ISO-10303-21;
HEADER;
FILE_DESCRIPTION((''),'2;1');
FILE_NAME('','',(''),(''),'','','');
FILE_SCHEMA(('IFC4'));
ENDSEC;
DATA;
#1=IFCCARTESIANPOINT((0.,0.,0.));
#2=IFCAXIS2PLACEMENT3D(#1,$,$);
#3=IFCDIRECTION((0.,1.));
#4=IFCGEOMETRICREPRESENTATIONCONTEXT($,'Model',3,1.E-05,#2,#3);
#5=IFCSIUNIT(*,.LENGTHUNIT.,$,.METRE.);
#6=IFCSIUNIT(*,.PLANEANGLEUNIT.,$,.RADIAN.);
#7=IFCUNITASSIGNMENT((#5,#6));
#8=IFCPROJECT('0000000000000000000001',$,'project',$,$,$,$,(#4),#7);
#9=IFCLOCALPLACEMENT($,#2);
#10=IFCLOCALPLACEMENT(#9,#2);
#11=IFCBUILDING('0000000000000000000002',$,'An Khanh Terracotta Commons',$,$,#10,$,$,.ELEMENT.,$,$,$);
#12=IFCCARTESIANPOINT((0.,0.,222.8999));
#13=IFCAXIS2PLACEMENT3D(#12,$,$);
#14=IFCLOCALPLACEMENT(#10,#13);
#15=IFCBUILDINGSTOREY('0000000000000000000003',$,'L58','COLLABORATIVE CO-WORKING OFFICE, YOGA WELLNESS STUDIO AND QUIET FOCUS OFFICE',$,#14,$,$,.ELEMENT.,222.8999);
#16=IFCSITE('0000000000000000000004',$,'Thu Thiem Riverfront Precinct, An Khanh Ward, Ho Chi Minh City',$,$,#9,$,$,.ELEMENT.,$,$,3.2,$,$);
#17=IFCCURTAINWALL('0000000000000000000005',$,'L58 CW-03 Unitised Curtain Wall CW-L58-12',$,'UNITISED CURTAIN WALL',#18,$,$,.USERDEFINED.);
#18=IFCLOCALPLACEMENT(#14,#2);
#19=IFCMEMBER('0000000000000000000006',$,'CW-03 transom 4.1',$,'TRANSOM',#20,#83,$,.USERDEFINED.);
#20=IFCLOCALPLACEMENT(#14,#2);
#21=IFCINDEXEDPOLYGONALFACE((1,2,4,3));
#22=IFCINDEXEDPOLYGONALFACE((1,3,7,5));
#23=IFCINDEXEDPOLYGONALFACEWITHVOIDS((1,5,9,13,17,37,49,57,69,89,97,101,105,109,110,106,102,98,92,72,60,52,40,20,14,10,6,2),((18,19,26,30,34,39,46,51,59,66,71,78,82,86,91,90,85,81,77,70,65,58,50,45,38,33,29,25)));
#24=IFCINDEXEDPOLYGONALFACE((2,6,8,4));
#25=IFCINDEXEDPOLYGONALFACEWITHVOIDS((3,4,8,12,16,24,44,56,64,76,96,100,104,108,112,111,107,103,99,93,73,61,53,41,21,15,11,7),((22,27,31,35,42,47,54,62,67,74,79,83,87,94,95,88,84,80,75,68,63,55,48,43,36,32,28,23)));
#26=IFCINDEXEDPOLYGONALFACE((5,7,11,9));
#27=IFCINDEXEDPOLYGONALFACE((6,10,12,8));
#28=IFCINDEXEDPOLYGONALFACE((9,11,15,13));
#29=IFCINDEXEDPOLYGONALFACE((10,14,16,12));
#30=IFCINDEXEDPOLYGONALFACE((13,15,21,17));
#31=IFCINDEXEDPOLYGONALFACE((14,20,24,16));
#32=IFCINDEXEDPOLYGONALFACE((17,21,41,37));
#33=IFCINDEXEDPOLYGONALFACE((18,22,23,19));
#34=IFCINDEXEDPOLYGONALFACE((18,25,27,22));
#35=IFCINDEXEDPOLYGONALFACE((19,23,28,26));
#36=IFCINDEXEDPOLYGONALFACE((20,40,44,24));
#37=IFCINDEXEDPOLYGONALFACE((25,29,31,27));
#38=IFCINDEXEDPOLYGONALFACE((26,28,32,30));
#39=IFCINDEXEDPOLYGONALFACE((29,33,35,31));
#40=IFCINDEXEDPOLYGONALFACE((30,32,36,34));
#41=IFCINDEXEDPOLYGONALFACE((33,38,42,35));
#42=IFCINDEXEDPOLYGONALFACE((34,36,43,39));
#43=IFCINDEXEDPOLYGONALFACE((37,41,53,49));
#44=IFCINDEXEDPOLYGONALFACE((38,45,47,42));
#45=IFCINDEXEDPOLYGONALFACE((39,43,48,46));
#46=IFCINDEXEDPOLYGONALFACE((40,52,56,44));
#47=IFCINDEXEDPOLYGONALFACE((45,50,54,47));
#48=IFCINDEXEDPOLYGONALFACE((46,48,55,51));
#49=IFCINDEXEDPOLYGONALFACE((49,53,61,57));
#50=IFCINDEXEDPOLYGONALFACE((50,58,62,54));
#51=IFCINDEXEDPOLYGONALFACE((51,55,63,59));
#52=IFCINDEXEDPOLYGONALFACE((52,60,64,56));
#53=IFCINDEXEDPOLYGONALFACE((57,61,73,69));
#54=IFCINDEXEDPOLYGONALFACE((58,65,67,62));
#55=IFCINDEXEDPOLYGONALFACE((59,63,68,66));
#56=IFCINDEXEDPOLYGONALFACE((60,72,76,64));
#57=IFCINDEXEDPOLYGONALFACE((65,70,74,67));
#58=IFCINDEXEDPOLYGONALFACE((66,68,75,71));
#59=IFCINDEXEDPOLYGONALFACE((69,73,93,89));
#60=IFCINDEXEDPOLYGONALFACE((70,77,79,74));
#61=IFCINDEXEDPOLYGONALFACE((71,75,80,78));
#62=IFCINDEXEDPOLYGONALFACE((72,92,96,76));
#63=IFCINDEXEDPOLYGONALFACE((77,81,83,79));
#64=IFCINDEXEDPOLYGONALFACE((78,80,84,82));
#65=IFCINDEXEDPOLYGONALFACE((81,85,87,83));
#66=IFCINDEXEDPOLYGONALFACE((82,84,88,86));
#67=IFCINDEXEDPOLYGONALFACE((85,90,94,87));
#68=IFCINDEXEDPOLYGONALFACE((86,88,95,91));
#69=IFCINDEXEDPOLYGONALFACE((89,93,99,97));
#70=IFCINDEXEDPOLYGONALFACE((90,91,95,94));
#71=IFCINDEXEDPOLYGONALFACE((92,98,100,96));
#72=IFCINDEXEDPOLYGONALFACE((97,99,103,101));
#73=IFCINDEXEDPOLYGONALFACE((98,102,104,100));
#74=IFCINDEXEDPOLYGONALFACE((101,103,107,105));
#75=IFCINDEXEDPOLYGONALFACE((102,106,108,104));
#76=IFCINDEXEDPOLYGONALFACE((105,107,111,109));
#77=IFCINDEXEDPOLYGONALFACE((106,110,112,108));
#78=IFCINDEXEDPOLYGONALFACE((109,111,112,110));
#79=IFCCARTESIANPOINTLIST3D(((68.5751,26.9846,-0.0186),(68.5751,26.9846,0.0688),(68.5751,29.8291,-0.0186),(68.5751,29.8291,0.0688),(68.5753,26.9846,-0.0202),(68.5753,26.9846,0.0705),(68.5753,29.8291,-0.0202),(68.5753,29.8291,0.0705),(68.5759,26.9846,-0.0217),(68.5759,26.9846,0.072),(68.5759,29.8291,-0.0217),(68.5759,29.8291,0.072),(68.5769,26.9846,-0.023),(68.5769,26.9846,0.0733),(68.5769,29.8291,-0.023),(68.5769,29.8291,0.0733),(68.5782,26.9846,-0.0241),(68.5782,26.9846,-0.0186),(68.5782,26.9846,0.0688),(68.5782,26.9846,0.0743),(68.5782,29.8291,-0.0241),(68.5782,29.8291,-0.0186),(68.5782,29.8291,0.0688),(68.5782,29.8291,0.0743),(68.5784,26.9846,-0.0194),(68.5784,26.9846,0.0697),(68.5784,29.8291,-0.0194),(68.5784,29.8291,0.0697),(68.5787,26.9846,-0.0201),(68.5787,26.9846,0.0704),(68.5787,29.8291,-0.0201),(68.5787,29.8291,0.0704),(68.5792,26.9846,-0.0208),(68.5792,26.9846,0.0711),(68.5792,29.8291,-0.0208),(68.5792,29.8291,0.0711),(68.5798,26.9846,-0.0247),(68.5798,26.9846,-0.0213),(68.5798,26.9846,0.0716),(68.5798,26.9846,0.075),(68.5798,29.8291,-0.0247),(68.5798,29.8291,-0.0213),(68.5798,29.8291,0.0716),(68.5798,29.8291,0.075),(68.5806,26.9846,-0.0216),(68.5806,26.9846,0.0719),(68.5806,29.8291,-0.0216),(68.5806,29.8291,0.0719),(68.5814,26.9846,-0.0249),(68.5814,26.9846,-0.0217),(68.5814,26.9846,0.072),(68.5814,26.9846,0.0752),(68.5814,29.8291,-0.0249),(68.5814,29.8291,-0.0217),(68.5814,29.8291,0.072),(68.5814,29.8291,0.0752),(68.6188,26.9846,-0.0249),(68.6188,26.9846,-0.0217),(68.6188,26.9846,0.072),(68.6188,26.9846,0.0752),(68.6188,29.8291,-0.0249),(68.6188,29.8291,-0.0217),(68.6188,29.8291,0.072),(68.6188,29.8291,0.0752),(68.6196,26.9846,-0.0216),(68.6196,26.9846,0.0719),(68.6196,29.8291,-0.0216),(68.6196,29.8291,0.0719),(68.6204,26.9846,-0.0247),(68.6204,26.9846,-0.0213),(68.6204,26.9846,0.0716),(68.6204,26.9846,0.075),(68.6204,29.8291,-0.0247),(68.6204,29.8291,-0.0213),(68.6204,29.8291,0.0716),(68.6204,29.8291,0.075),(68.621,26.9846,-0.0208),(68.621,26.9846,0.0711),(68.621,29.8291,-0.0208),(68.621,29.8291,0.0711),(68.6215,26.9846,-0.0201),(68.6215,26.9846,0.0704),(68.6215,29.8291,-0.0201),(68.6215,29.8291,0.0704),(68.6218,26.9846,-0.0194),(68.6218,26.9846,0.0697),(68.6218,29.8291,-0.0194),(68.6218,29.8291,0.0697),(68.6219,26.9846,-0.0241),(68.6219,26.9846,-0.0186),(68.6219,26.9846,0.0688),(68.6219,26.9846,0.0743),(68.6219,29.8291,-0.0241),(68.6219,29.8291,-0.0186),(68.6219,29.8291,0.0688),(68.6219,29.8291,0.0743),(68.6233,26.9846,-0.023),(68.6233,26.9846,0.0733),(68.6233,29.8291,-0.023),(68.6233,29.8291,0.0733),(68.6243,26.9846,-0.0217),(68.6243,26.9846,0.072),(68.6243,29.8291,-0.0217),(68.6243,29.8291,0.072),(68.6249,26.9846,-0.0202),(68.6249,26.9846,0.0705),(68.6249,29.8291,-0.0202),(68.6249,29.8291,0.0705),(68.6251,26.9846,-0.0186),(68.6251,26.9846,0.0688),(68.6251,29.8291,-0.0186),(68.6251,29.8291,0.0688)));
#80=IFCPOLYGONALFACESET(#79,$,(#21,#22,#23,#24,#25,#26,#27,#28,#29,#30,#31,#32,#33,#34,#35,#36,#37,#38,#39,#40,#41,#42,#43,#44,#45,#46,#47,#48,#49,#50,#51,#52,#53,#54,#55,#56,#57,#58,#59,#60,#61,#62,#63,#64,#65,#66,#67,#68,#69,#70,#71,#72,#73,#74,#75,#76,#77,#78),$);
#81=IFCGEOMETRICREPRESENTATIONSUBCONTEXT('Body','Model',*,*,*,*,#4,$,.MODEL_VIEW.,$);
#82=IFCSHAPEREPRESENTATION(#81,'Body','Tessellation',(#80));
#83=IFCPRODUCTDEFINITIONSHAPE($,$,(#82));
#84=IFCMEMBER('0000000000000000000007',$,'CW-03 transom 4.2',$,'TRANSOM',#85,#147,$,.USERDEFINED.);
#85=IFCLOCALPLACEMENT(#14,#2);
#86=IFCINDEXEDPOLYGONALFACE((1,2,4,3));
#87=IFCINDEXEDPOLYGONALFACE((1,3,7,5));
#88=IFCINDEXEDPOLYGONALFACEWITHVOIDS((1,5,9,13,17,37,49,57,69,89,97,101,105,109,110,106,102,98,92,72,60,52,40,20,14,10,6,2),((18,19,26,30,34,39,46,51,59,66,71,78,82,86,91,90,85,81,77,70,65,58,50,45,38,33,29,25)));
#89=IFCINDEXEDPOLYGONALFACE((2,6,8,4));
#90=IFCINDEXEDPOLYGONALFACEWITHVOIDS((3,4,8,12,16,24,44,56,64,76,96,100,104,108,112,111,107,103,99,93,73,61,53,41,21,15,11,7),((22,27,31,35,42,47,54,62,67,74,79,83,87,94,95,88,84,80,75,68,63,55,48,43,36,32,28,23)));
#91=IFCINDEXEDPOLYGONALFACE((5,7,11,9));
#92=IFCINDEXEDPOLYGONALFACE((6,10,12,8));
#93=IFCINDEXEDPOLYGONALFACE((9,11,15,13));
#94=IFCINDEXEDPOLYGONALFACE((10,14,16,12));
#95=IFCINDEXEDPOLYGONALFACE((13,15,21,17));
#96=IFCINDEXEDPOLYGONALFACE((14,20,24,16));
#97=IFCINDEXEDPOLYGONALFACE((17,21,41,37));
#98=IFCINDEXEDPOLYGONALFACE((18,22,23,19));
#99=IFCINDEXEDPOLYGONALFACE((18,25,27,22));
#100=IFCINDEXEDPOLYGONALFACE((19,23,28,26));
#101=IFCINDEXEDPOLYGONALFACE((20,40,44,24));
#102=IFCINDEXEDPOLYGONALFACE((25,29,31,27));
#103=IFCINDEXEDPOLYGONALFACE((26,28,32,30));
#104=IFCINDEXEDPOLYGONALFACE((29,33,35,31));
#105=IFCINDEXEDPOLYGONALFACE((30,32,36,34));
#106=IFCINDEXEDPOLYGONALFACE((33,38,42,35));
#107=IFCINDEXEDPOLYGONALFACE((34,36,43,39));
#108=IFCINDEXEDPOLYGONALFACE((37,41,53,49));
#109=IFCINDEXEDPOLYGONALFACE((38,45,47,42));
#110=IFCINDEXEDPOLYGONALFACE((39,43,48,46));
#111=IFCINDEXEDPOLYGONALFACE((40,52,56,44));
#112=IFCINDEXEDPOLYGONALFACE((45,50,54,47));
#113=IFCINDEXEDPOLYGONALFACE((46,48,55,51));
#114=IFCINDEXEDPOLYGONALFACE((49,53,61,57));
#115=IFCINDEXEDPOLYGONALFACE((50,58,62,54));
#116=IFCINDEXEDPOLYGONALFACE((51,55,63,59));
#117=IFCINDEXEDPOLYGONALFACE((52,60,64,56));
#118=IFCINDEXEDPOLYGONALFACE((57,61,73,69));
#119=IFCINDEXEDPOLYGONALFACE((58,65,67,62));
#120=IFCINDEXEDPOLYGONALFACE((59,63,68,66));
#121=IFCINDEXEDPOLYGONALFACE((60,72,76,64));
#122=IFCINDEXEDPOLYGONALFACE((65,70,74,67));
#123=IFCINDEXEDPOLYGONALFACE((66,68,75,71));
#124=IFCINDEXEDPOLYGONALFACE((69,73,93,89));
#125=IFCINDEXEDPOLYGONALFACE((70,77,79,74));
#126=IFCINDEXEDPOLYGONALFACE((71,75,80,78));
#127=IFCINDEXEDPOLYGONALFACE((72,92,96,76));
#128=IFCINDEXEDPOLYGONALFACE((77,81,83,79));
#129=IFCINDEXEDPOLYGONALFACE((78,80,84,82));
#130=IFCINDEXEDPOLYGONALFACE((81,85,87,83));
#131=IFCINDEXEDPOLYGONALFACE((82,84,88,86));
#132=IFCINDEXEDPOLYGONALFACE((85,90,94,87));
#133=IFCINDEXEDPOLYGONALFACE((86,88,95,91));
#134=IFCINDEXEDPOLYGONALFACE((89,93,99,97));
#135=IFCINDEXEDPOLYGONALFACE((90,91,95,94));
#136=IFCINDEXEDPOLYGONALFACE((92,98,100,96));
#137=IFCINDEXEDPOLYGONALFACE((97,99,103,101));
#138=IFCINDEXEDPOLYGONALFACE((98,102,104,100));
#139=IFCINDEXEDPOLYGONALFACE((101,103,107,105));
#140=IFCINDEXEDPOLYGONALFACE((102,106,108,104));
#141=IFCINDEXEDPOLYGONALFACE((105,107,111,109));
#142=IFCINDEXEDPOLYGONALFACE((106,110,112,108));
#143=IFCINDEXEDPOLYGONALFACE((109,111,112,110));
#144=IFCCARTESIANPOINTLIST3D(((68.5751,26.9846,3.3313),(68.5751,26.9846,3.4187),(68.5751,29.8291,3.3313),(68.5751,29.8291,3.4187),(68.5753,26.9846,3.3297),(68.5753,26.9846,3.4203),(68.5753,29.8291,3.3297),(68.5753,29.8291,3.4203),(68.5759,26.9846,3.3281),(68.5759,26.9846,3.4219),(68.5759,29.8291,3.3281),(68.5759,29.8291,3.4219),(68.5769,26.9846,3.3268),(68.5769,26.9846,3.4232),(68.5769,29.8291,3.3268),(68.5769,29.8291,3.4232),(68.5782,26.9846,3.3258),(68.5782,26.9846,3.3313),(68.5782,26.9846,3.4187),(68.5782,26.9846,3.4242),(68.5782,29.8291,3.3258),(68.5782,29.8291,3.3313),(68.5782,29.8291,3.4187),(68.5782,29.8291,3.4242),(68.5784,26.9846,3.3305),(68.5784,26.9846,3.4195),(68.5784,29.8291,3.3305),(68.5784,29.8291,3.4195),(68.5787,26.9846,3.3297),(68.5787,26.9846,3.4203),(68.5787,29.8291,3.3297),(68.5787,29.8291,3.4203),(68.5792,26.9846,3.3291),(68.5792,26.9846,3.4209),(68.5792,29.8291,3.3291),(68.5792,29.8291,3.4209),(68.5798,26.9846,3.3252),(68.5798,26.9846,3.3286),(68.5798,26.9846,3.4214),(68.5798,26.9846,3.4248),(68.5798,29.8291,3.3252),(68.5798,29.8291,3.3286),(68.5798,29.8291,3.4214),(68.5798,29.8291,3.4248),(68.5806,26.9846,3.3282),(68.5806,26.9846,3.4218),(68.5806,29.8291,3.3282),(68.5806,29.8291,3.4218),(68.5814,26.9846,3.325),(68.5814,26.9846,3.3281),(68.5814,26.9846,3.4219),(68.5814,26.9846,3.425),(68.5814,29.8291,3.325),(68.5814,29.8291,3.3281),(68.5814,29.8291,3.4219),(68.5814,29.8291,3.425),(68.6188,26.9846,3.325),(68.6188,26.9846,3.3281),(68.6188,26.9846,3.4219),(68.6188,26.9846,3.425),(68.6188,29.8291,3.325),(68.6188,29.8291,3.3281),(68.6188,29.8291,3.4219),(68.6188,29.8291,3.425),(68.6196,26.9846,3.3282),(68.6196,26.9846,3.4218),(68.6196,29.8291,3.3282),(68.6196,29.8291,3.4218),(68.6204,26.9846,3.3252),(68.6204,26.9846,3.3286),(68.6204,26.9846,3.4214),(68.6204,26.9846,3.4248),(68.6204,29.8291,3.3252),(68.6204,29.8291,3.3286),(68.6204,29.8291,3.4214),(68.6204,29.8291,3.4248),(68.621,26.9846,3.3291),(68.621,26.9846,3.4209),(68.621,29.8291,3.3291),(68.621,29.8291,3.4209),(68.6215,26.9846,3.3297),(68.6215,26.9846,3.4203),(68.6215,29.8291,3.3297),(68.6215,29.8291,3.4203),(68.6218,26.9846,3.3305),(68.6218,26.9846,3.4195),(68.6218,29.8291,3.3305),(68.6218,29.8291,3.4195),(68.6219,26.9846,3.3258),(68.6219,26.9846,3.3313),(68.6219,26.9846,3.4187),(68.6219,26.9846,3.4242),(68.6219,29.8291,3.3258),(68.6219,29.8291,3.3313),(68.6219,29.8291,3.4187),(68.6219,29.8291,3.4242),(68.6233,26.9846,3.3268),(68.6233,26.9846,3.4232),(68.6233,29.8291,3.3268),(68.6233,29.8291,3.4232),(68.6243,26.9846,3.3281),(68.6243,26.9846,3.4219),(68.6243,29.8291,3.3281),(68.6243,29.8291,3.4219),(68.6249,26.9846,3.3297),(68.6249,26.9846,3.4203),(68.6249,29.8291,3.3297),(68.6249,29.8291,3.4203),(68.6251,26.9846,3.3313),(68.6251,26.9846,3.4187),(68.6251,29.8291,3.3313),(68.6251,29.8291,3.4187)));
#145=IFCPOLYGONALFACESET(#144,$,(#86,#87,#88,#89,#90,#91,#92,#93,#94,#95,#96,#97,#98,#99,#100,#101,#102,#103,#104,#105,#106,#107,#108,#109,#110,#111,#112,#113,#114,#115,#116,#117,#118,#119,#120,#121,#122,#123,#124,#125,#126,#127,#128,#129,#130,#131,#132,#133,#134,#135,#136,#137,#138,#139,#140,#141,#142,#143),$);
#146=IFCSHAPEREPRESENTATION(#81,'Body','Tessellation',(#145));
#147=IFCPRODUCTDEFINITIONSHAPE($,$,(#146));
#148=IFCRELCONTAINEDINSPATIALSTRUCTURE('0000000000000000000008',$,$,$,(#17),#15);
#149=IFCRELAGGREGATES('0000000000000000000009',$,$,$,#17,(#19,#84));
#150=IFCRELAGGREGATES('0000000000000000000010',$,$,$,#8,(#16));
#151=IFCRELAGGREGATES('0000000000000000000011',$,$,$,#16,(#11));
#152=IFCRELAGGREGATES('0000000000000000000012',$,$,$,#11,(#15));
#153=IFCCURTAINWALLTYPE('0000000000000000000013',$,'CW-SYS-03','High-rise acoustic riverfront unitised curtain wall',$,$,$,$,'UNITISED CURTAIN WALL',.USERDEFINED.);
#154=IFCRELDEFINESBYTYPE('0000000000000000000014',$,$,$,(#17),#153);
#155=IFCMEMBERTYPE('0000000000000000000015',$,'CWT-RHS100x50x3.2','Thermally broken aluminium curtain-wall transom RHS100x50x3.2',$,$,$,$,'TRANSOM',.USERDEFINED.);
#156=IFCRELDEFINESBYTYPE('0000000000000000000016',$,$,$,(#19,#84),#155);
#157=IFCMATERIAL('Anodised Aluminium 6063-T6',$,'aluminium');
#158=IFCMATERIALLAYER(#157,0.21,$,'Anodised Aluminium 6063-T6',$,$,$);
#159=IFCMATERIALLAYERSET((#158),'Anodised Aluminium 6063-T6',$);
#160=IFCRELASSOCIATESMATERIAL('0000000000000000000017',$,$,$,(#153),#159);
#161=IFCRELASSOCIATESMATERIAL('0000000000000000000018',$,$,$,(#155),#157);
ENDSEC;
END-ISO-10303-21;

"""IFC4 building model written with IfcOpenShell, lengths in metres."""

from ifc_helpers import new_model, si_unit, direction, frame, origin, origin_2d, place, context, subcontext, project, spatial, hollow_rectangle, extrude, material, layer, layer_set, material_profile, profile_set, type_object, element, aggregate, save


model = new_model("IFC4")

# Units and contexts
model_context = context("Model", 3, precision=1e-05, world=origin(), true_north=direction((0.0, 1.0)))
body_context = subcontext(model_context, "Body", "Model", "MODEL_VIEW")
ifc_project = project(units=[si_unit("LENGTHUNIT", "METRE"), si_unit("PLANEANGLEUNIT", "RADIAN")], contexts=[model_context])

# Site, building, storey
site_placement = place(None, origin())
site = spatial("IfcSite", under=ifc_project, at=site_placement, Name="Thu Thiem Riverfront Precinct, An Khanh Ward, Ho Chi Minh City", CompositionType="ELEMENT", RefElevation=3.2)
building_placement = place(site_placement, origin())
building = spatial("IfcBuilding", under=site, at=building_placement, Name="An Khanh Terracotta Commons", CompositionType="ELEMENT")
storey_placement = place(building_placement, frame((0.0, 0.0, 222.8999)))
storey = spatial("IfcBuildingStorey", under=building, at=storey_placement, Name="L58", Description="COLLABORATIVE CO-WORKING OFFICE, YOGA WELLNESS STUDIO AND QUIET FOCUS OFFICE", CompositionType="ELEMENT", Elevation=222.8999)

# Curtain wall
ifc_material_1 = material(Name="Anodised Aluminium 6063-T6", Category="aluminium")
ifc_layer_1 = layer(ifc_material_1, 0.21, Name="Anodised Aluminium 6063-T6")
ifc_layer_set_1 = layer_set([ifc_layer_1], Name="Anodised Aluminium 6063-T6")
curtain_wall_type = type_object("IfcCurtainWallType", Name="CW-SYS-03", Description="High-rise acoustic riverfront unitised curtain wall", ElementType="UNITISED CURTAIN WALL", PredefinedType="USERDEFINED", material=ifc_layer_set_1)
curtain_wall_1_placement = place(storey_placement, origin())
curtain_wall_1 = element("IfcCurtainWall", 1, at=curtain_wall_1_placement, inside=storey, type_object=curtain_wall_type, Name="L58 CW-03 Unitised Curtain Wall CW-L58-12", ObjectType="UNITISED CURTAIN WALL", PredefinedType="USERDEFINED")

# Members
ifc_material_profile_1 = material_profile(ifc_material_1, hollow_rectangle(XDim=0.05, YDim=0.1001, WallThickness=0.0032, InnerFilletRadius=0.0032, OuterFilletRadius=0.0063, at=origin_2d()), Name="RHS100x50x3.2")
ifc_profile_set_1 = profile_set([ifc_material_profile_1], Name="Anodised Aluminium 6063-T6")
member_type_1 = type_object("IfcMemberType", Name="CWT-RHS100x50x3.2", Description="Thermally broken aluminium curtain-wall transom RHS100x50x3.2", ElementType="TRANSOM", PredefinedType="USERDEFINED", material=ifc_profile_set_1)
member_1_placement = place(storey_placement, frame((68.6001, 26.9846, 0.0251), z_axis=(0.0, 1.0, 0.0), x_axis=(-1.0, 0.0, 0.0)))
member_1 = element("IfcMember", 2, at=member_1_placement, type_object=member_type_1, Name="CW-03 transom 4.1", ObjectType="TRANSOM", PredefinedType="USERDEFINED", context=body_context, shape_type="SweptSolid", body=[
    extrude(hollow_rectangle(XDim=0.05, YDim=0.1001, WallThickness=0.0032, InnerFilletRadius=0.0032, OuterFilletRadius=0.0063, at=origin_2d()), origin(), (0.0, 0.0, 1.0), 2.8445),
])
member_2_placement = place(storey_placement, frame((68.6001, 26.9846, 3.375), z_axis=(0.0, 1.0, 0.0), x_axis=(-1.0, 0.0, 0.0)))
member_2 = element("IfcMember", 3, at=member_2_placement, type_object=member_type_1, Name="CW-03 transom 4.2", ObjectType="TRANSOM", PredefinedType="USERDEFINED", context=body_context, shape_type="SweptSolid", body=[
    extrude(hollow_rectangle(XDim=0.05, YDim=0.1001, WallThickness=0.0032, InnerFilletRadius=0.0032, OuterFilletRadius=0.0063, at=origin_2d()), origin(), (0.0, 0.0, 1.0), 2.8445),
])

aggregate(curtain_wall_1, [member_1, member_2])

save(model, "model.ifc")
